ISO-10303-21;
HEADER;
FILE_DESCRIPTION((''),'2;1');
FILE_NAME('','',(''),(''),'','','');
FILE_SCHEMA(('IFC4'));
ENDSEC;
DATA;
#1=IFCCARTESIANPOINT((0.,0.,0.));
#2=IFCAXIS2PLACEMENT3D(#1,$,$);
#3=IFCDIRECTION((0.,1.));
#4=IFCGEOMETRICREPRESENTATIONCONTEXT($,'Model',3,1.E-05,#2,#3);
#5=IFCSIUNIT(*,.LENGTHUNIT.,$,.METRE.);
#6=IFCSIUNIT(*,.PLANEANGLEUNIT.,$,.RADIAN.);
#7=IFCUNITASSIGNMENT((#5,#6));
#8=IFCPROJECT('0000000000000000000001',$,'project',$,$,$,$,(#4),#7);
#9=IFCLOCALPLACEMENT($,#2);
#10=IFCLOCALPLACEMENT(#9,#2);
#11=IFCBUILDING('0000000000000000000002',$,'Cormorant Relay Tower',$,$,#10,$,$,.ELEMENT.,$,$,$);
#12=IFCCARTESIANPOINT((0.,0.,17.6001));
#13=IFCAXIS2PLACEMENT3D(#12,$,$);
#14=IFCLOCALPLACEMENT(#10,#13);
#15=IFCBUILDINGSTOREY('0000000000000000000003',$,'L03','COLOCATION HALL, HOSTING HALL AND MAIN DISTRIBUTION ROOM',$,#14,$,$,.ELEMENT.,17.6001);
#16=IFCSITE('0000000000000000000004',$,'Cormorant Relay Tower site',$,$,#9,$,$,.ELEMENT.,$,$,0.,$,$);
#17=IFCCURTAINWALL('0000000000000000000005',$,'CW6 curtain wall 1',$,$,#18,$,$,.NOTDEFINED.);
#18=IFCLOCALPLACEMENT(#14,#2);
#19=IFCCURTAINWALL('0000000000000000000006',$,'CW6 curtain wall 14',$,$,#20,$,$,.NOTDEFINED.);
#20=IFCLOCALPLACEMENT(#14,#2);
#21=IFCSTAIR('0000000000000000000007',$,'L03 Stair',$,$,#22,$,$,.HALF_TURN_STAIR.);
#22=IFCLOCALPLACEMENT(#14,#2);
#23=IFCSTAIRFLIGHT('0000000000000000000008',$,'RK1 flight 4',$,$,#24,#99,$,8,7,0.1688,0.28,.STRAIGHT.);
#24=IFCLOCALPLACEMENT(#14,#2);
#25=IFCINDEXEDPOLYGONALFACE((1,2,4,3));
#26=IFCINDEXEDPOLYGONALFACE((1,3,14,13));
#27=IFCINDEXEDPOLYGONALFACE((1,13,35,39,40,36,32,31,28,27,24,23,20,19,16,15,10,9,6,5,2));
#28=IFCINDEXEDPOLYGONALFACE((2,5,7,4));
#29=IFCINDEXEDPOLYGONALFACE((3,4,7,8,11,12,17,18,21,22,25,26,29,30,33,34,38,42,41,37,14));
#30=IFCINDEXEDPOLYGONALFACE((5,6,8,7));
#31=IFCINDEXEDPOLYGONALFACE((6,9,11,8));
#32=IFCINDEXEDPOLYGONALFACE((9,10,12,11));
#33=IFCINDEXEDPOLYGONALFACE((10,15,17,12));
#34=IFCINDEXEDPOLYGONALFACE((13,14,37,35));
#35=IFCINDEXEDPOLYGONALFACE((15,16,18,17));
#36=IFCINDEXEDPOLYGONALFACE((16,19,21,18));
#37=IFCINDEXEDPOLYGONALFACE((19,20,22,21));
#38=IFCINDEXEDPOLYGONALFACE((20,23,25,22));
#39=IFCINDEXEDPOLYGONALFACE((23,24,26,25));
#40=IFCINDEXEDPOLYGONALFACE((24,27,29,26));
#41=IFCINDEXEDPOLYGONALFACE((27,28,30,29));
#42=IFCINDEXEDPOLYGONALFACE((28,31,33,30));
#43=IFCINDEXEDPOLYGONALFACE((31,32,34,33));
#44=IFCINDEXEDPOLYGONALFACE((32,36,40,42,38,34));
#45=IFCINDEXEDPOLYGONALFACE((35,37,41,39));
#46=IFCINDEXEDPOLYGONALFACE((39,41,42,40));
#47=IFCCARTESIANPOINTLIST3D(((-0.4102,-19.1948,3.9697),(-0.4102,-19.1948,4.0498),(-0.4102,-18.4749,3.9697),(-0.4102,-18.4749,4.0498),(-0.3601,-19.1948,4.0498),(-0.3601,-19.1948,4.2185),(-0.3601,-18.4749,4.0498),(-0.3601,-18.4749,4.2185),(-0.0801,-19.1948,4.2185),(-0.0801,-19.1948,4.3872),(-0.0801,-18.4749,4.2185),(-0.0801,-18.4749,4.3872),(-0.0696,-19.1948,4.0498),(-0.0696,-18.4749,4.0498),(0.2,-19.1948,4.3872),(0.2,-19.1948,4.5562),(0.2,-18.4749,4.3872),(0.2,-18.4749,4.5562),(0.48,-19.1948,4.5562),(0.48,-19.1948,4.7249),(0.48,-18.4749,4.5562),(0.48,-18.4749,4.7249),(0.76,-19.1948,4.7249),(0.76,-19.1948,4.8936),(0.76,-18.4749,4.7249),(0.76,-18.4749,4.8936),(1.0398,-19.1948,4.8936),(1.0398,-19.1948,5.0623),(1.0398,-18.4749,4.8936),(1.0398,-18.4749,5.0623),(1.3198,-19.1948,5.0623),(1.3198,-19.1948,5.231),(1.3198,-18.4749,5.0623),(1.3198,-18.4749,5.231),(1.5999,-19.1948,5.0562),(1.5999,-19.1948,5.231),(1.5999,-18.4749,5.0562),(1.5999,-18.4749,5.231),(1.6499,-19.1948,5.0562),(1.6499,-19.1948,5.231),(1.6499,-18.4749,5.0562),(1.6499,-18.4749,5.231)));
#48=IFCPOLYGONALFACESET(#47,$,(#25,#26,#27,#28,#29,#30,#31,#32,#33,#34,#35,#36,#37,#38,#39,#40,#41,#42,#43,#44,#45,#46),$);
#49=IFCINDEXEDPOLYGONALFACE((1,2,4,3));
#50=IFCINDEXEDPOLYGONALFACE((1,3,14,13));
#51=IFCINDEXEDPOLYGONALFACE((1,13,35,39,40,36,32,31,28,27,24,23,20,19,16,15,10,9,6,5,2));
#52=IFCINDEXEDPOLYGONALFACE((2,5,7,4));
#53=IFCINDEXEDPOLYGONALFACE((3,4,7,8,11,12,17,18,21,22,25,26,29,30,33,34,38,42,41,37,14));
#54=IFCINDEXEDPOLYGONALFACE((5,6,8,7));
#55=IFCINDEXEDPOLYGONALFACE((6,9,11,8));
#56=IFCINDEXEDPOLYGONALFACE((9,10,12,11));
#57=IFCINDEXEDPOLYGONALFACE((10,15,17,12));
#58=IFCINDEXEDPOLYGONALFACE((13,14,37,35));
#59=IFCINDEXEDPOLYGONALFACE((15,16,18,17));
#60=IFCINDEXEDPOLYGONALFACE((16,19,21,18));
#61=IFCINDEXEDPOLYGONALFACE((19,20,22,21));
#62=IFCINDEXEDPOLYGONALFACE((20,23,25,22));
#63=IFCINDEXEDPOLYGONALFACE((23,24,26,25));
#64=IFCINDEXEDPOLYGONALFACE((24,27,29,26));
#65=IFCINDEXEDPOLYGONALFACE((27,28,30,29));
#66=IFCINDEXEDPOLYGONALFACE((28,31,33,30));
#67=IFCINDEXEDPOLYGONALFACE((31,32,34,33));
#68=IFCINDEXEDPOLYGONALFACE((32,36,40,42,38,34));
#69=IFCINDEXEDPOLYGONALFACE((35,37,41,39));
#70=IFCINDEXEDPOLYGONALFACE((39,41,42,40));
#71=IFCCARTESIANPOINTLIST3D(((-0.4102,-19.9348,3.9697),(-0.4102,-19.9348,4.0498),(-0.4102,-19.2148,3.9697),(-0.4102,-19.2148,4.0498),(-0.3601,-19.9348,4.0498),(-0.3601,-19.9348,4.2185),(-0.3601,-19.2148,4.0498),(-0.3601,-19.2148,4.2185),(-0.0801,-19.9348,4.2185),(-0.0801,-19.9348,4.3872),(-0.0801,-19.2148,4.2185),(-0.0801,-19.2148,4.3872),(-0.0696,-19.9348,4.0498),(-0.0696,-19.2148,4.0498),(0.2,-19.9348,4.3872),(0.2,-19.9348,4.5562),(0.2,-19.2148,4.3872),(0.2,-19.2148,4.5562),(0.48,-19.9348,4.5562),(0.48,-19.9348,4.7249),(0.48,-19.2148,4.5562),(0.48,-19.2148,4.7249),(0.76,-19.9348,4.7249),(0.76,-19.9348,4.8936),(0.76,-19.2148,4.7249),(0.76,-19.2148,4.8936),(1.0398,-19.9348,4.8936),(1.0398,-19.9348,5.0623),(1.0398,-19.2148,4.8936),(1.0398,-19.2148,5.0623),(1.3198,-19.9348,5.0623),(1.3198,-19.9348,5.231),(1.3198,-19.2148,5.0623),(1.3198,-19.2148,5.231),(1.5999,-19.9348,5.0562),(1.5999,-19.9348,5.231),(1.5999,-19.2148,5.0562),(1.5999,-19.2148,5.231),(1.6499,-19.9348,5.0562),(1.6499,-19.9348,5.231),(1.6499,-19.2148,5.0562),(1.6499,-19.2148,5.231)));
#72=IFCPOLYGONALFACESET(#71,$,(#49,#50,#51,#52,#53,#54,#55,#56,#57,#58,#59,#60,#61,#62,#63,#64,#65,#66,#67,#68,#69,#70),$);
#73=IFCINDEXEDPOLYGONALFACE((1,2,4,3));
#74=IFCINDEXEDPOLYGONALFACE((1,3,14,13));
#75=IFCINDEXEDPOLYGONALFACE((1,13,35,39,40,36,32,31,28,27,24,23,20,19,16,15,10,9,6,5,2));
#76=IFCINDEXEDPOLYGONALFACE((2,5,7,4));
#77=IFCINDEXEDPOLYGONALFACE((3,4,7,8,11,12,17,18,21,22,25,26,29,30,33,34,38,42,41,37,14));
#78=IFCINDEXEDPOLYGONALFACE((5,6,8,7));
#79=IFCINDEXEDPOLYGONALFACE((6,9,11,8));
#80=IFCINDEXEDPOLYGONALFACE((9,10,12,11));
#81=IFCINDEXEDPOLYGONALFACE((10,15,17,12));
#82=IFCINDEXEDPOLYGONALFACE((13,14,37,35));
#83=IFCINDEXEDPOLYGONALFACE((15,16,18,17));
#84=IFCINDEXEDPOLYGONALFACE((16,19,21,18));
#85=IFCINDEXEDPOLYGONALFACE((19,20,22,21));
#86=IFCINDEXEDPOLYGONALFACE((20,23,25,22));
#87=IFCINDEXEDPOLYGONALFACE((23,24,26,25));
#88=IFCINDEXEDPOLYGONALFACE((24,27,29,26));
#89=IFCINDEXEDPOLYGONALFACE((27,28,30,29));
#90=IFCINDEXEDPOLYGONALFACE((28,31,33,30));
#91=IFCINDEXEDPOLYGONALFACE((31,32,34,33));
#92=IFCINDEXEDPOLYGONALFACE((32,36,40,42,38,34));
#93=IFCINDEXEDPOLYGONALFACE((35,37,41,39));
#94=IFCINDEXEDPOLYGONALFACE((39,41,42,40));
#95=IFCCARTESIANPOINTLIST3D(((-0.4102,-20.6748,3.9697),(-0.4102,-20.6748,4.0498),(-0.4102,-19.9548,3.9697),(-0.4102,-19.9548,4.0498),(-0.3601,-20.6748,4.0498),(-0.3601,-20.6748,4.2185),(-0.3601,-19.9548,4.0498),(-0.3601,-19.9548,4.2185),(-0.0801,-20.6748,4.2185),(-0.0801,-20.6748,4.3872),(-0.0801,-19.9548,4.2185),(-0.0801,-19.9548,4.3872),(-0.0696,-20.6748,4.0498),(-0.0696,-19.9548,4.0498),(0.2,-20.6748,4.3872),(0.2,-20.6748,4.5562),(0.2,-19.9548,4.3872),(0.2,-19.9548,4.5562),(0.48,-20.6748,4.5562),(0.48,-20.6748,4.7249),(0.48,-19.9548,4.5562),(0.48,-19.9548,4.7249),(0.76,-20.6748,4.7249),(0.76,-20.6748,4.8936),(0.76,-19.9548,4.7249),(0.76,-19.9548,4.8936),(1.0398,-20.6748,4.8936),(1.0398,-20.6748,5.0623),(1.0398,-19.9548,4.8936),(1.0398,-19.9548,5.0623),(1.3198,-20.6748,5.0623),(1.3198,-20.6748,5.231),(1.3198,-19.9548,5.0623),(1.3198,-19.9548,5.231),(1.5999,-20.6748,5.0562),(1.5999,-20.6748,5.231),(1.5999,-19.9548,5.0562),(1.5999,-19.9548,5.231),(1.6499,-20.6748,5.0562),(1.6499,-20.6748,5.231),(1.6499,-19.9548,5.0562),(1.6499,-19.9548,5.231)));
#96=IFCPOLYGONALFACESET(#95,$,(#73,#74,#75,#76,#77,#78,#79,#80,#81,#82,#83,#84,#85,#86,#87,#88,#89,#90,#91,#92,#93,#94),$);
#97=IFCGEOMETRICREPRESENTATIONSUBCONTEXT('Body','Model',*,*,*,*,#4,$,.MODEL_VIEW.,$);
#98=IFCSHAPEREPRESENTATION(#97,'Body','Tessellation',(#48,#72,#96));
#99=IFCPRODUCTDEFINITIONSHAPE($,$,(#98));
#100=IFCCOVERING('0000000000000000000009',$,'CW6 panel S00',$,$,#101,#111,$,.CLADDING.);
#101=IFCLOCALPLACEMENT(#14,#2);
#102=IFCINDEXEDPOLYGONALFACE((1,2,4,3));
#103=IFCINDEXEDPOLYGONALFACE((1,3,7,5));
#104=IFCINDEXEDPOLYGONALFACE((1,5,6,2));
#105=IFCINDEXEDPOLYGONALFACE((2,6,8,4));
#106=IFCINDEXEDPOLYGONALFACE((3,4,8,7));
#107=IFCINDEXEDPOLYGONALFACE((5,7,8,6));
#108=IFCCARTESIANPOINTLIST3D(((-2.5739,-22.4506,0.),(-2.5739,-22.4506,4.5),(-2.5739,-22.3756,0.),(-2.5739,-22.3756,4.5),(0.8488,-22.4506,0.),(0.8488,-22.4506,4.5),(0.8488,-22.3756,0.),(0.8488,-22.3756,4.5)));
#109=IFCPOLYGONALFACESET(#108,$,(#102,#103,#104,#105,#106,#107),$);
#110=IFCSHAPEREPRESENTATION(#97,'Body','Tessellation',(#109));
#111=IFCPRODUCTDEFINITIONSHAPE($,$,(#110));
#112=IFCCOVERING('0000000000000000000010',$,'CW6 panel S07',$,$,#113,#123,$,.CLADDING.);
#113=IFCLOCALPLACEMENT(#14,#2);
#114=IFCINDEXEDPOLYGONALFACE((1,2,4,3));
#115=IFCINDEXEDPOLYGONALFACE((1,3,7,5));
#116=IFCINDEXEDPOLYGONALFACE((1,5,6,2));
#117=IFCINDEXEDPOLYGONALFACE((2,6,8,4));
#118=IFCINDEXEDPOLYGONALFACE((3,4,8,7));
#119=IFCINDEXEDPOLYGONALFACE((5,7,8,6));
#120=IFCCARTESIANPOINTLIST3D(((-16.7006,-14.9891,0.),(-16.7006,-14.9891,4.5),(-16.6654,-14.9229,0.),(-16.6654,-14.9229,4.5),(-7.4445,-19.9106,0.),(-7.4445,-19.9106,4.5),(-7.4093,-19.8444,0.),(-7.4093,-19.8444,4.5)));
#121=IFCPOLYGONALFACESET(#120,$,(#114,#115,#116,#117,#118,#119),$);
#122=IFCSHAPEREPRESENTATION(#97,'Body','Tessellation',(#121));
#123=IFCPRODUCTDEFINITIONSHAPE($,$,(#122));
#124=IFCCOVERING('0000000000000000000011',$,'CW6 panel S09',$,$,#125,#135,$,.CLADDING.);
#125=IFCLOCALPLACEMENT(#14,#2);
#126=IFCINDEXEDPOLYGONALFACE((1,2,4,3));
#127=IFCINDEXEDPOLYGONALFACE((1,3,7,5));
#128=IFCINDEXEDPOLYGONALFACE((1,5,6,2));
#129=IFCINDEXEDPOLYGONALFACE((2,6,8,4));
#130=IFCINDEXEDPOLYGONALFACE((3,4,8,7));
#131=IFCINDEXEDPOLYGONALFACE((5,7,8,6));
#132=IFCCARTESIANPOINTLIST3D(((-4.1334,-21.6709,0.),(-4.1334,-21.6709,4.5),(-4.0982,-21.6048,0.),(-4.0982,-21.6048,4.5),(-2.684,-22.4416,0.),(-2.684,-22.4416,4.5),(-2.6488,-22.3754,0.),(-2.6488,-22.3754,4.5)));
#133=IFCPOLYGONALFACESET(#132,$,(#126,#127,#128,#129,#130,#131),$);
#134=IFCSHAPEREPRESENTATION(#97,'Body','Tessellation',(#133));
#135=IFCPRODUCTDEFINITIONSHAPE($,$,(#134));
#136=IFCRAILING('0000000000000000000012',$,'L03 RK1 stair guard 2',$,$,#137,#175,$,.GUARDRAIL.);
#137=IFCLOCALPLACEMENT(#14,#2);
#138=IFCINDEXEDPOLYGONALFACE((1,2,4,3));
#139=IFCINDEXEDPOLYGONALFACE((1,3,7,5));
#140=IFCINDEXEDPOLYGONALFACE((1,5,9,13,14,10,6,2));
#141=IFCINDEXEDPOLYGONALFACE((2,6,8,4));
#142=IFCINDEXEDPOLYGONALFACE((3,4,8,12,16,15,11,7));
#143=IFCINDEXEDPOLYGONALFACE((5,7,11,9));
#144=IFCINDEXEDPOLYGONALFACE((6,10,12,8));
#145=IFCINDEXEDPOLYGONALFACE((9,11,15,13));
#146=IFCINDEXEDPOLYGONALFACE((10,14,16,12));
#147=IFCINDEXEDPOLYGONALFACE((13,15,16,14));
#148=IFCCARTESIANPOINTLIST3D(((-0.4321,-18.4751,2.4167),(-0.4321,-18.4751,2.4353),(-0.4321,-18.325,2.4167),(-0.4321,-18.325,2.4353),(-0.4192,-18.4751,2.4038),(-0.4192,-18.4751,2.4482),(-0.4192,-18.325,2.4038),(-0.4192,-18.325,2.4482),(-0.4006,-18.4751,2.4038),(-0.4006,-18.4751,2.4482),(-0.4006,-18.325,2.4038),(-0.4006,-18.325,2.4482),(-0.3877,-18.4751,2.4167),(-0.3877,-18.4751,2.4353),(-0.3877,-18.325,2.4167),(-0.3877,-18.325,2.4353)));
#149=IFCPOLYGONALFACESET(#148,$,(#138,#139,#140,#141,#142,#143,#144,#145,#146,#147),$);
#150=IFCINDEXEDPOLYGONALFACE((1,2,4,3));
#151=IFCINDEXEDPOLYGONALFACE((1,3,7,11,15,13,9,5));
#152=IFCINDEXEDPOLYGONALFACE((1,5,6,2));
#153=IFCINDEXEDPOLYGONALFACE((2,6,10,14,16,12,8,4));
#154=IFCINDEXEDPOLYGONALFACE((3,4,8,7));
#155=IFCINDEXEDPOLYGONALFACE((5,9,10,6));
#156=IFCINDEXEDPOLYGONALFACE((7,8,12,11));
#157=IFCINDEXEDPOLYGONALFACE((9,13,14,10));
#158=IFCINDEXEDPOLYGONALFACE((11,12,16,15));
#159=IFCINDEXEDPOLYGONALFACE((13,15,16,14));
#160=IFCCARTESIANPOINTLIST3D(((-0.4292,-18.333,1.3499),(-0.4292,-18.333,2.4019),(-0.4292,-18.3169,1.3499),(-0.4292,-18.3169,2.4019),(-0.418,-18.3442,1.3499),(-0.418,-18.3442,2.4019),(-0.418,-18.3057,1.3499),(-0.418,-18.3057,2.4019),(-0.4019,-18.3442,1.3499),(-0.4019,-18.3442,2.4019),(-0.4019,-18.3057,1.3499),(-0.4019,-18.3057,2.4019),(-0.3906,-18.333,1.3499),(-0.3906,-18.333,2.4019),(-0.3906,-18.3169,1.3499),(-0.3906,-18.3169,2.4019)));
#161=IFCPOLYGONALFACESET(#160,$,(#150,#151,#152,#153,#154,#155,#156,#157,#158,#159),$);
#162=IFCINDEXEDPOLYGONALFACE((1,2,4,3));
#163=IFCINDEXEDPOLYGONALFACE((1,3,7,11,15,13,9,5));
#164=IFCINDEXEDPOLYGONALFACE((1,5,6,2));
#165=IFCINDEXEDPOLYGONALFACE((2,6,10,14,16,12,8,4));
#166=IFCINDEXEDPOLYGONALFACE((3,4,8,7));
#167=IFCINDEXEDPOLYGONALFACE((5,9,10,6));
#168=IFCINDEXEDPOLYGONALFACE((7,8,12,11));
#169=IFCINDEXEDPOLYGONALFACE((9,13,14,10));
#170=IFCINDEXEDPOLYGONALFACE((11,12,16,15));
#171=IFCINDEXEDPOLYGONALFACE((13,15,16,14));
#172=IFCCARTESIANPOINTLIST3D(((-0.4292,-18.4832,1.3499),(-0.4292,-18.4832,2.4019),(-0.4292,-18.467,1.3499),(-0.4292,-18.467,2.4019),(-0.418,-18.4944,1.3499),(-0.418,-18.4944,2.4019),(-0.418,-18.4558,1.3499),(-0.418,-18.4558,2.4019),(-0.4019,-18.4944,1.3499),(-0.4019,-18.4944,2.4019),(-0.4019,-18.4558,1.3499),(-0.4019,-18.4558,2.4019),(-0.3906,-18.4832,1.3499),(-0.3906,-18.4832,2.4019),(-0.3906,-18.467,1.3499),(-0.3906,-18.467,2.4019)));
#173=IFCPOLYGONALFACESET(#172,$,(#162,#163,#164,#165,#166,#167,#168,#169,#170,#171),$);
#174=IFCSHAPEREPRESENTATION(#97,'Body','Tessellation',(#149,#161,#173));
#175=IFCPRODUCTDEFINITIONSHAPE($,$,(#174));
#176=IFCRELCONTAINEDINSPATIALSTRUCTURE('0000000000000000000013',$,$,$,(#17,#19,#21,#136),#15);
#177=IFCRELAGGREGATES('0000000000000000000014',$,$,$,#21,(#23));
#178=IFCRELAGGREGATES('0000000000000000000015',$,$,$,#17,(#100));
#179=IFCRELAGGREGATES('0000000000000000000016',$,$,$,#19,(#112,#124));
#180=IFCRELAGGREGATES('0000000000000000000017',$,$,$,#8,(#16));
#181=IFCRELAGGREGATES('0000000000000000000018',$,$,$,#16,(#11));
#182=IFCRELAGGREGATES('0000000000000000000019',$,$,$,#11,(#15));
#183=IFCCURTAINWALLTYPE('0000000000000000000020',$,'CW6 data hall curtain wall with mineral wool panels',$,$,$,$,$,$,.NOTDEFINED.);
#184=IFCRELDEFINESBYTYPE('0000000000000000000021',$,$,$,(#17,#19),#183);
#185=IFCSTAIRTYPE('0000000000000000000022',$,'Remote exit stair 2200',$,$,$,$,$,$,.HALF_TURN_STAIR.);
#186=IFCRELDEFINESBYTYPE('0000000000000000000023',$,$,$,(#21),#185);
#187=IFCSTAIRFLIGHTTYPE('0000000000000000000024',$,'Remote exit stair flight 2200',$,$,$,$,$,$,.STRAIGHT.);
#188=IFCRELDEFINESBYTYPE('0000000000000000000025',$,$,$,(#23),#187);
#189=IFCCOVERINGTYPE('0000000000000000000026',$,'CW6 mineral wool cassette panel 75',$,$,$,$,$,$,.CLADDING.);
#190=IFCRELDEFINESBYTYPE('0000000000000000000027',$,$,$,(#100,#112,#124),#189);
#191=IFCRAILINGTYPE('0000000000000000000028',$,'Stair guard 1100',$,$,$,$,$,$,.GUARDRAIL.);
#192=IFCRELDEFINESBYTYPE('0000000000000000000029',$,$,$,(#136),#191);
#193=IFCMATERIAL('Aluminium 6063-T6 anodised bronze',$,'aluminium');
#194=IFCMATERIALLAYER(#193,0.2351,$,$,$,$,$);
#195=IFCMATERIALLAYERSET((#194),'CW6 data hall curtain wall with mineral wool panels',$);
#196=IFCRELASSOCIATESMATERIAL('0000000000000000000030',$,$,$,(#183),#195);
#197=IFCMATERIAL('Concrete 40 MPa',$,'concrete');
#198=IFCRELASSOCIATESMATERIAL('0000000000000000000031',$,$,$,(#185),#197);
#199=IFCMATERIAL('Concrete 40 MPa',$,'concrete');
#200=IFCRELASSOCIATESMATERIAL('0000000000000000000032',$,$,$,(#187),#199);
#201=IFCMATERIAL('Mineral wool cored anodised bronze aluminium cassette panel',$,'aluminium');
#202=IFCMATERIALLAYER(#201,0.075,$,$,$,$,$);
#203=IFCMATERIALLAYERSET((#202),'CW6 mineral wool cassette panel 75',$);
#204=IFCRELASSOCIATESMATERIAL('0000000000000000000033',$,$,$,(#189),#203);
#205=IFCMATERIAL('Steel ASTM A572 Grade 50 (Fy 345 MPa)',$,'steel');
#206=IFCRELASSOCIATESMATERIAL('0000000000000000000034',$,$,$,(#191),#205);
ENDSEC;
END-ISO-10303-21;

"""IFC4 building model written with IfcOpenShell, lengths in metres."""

from ifc_helpers import new_model, si_unit, direction, frame, origin, origin_2d, place, context, subcontext, project, spatial, polyline, rectangle, outline, extrude, material, layer, layer_set, type_object, element, aggregate, save


model = new_model("IFC4")

# Units and contexts
model_context = context("Model", 3, precision=1e-05, world=origin(), true_north=direction((0.0, 1.0)))
body_context = subcontext(model_context, "Body", "Model", "MODEL_VIEW")
ifc_project = project(units=[si_unit("LENGTHUNIT", "METRE"), si_unit("PLANEANGLEUNIT", "RADIAN")], contexts=[model_context])

# Site, building, storey
site_placement = place(None, origin())
site = spatial("IfcSite", under=ifc_project, at=site_placement, Name="Cormorant Relay Tower site", CompositionType="ELEMENT", RefElevation=0.0)
building_placement = place(site_placement, origin())
building = spatial("IfcBuilding", under=site, at=building_placement, Name="Cormorant Relay Tower", CompositionType="ELEMENT")
storey_placement = place(building_placement, frame((0.0, 0.0, 17.6001)))
storey = spatial("IfcBuildingStorey", under=building, at=storey_placement, Name="L03", Description="COLOCATION HALL, HOSTING HALL AND MAIN DISTRIBUTION ROOM", CompositionType="ELEMENT", Elevation=17.6001)

# Curtain wall
ifc_material_1 = material(Name="Aluminium 6063-T6 anodised bronze", Category="aluminium")
ifc_layer_1 = layer(ifc_material_1, 0.2351)
ifc_layer_set_1 = layer_set([ifc_layer_1], Name="CW6 data hall curtain wall with mineral wool panels")
curtain_wall_type = type_object("IfcCurtainWallType", Name="CW6 data hall curtain wall with mineral wool panels", PredefinedType="NOTDEFINED", material=ifc_layer_set_1)
curtain_wall_1_placement = place(storey_placement, origin())
curtain_wall_1 = element("IfcCurtainWall", 1, at=curtain_wall_1_placement, inside=storey, type_object=curtain_wall_type, Name="CW6 curtain wall 1", PredefinedType="NOTDEFINED")

# Curtain wall
curtain_wall_2_placement = place(storey_placement, origin())
curtain_wall_2 = element("IfcCurtainWall", 2, at=curtain_wall_2_placement, inside=storey, type_object=curtain_wall_type, Name="CW6 curtain wall 14", PredefinedType="NOTDEFINED")

# Stair, stair flight
ifc_material_2 = material(Name="Concrete 40 MPa", Category="concrete")
stair_type = type_object("IfcStairType", Name="Remote exit stair 2200", PredefinedType="HALF_TURN_STAIR", material=ifc_material_2)
stair_placement = place(storey_placement, origin())
stair = element("IfcStair", 3, at=stair_placement, inside=storey, type_object=stair_type, Name="L03 Stair", PredefinedType="HALF_TURN_STAIR")
ifc_material_3 = material(Name="Concrete 40 MPa", Category="concrete")
stair_flight_type = type_object("IfcStairFlightType", Name="Remote exit stair flight 2200", PredefinedType="STRAIGHT", material=ifc_material_3)
stair_flight_1_placement = place(storey_placement, frame((-0.3601, -19.575, 4.0498), z_axis=(0.0, 0.0, 1.0), x_axis=(1.0, 0.0, 0.0)))
stair_flight_1 = element("IfcStairFlight", 4, at=stair_flight_1_placement, type_object=stair_flight_type, Name="RK1 flight 4", NumberOfRisers=8, NumberOfTreads=7, PredefinedType="STRAIGHT", RiserHeight=0.1688, TreadLength=0.28, context=body_context, shape_type="SweptSolid", body=[
    extrude(outline(polyline([(-0.05, -0.0801), (-0.05, 0.0), (0.0, 0.0), (0.0, 0.1687), (0.28, 0.1687), (0.28, 0.3374), (0.5601, 0.3374), (0.5601, 0.5063), (0.8401, 0.5063), (0.8401, 0.675), (1.1201, 0.675), (1.1201, 0.8438), (1.3999, 0.8438), (1.3999, 1.0125), (1.6799, 1.0125), (1.6799, 1.1812), (1.96, 1.1812), (2.01, 1.1812), (2.01, 1.0063), (1.96, 1.0063), (0.2905, 0.0), (-0.05, -0.0801)])), frame((0.0, 1.1001, 0.0), z_axis=(0.0, -1.0, 0.0), x_axis=(1.0, 0.0, 0.0)), (0.0, 0.0, 1.0), 0.72),
    extrude(outline(polyline([(-0.05, -0.0801), (-0.05, 0.0), (0.0, 0.0), (0.0, 0.1687), (0.28, 0.1687), (0.28, 0.3374), (0.5601, 0.3374), (0.5601, 0.5063), (0.8401, 0.5063), (0.8401, 0.675), (1.1201, 0.675), (1.1201, 0.8438), (1.3999, 0.8438), (1.3999, 1.0125), (1.6799, 1.0125), (1.6799, 1.1812), (1.96, 1.1812), (2.01, 1.1812), (2.01, 1.0063), (1.96, 1.0063), (0.2905, 0.0), (-0.05, -0.0801)])), frame((0.0, 0.3601, 0.0), z_axis=(0.0, -1.0, 0.0), x_axis=(1.0, 0.0, 0.0)), (0.0, 0.0, 1.0), 0.72),
    extrude(outline(polyline([(-0.05, -0.0801), (-0.05, 0.0), (0.0, 0.0), (0.0, 0.1687), (0.28, 0.1687), (0.28, 0.3374), (0.5601, 0.3374), (0.5601, 0.5063), (0.8401, 0.5063), (0.8401, 0.675), (1.1201, 0.675), (1.1201, 0.8438), (1.3999, 0.8438), (1.3999, 1.0125), (1.6799, 1.0125), (1.6799, 1.1812), (1.96, 1.1812), (2.01, 1.1812), (2.01, 1.0063), (1.96, 1.0063), (0.2905, 0.0), (-0.05, -0.0801)])), frame((0.0, -0.3799, 0.0), z_axis=(0.0, -1.0, 0.0), x_axis=(1.0, 0.0, 0.0)), (0.0, 0.0, 1.0), 0.72),
])
aggregate(stair, [stair_flight_1])

# Coverings
ifc_material_4 = material(Name="Mineral wool cored anodised bronze aluminium cassette panel", Category="aluminium")
ifc_layer_2 = layer(ifc_material_4, 0.075)
ifc_layer_set_2 = layer_set([ifc_layer_2], Name="CW6 mineral wool cassette panel 75")
covering_type = type_object("IfcCoveringType", Name="CW6 mineral wool cassette panel 75", PredefinedType="CLADDING", material=ifc_layer_set_2)
covering_1_placement = place(storey_placement, frame((-0.8625, -22.4131, 0.0), z_axis=(0.0, 0.0, 1.0), x_axis=(1.0, 0.0, 0.0)))
covering_1 = element("IfcCovering", 5, at=covering_1_placement, type_object=covering_type, Name="CW6 panel S00", PredefinedType="CLADDING", context=body_context, shape_type="SweptSolid", body=[
    extrude(rectangle(XDim=3.4226, YDim=0.075, at=origin_2d()), origin(), (0.0, 0.0, 1.0), 4.5),
])
aggregate(curtain_wall_1, [covering_1])
covering_2_placement = place(storey_placement, frame((-12.0549, -17.4167, 0.0), z_axis=(0.0, 0.0, 1.0), x_axis=(0.882948, -0.469472, 0.0)))
covering_2 = element("IfcCovering", 6, at=covering_2_placement, type_object=covering_type, Name="CW6 panel S07", PredefinedType="CLADDING", context=body_context, shape_type="SweptSolid", body=[
    extrude(rectangle(XDim=10.4832, YDim=0.075, at=origin_2d()), origin(), (0.0, 0.0, 1.0), 4.5),
])
covering_3_placement = place(storey_placement, frame((-3.3911, -22.0232, 0.0), z_axis=(0.0, 0.0, 1.0), x_axis=(0.882948, -0.469472, 0.0)))
covering_3 = element("IfcCovering", 7, at=covering_3_placement, type_object=covering_type, Name="CW6 panel S09", PredefinedType="CLADDING", context=body_context, shape_type="SweptSolid", body=[
    extrude(rectangle(XDim=1.6416, YDim=0.075, at=origin_2d()), origin(), (0.0, 0.0, 1.0), 4.5),
])
aggregate(curtain_wall_2, [covering_2, covering_3])

# Railing
ifc_material_5 = material(Name="Steel ASTM A572 Grade 50 (Fy 345 MPa)", Category="steel")
railing_type_1 = type_object("IfcRailingType", Name="Stair guard 1100", PredefinedType="GUARDRAIL", material=ifc_material_5)
railing_1_placement = place(storey_placement, frame((-0.4099, -18.325, 1.3499)))
element("IfcRailing", 8, at=railing_1_placement, inside=storey, type_object=railing_type_1, Name="L03 RK1 stair guard 2", PredefinedType="GUARDRAIL", context=body_context, shape_type="SweptSolid", body=[
    extrude(outline(polyline([(0.0222, 0.0093), (0.0093, 0.0222), (-0.0093, 0.0222), (-0.0222, 0.0093), (-0.0222, -0.0093), (-0.0093, -0.0222), (0.0093, -0.0222), (0.0222, -0.0093), (0.0222, 0.0093)])), frame((0.0, 0.0, 1.0762), z_axis=(0.0, -1.0, 0.0), x_axis=(1.0, 0.0, 0.0)), (0.0, 0.0, 1.0), 0.1501),
    extrude(outline(polyline([(0.0193, 0.0081), (0.0081, 0.0193), (-0.0081, 0.0193), (-0.0193, 0.0081), (-0.0193, -0.0081), (-0.0081, -0.0193), (0.0081, -0.0193), (0.0193, -0.0081), (0.0193, 0.0081)])), origin(), (0.0, 0.0, 1.0), 1.052),
    extrude(outline(polyline([(0.0193, 0.0081), (0.0081, 0.0193), (-0.0081, 0.0193), (-0.0193, 0.0081), (-0.0193, -0.0081), (-0.0081, -0.0193), (0.0081, -0.0193), (0.0193, -0.0081), (0.0193, 0.0081)])), frame((0.0, -0.1501, 0.0)), (0.0, 0.0, 1.0), 1.052),
])

save(model, "model.ifc")
